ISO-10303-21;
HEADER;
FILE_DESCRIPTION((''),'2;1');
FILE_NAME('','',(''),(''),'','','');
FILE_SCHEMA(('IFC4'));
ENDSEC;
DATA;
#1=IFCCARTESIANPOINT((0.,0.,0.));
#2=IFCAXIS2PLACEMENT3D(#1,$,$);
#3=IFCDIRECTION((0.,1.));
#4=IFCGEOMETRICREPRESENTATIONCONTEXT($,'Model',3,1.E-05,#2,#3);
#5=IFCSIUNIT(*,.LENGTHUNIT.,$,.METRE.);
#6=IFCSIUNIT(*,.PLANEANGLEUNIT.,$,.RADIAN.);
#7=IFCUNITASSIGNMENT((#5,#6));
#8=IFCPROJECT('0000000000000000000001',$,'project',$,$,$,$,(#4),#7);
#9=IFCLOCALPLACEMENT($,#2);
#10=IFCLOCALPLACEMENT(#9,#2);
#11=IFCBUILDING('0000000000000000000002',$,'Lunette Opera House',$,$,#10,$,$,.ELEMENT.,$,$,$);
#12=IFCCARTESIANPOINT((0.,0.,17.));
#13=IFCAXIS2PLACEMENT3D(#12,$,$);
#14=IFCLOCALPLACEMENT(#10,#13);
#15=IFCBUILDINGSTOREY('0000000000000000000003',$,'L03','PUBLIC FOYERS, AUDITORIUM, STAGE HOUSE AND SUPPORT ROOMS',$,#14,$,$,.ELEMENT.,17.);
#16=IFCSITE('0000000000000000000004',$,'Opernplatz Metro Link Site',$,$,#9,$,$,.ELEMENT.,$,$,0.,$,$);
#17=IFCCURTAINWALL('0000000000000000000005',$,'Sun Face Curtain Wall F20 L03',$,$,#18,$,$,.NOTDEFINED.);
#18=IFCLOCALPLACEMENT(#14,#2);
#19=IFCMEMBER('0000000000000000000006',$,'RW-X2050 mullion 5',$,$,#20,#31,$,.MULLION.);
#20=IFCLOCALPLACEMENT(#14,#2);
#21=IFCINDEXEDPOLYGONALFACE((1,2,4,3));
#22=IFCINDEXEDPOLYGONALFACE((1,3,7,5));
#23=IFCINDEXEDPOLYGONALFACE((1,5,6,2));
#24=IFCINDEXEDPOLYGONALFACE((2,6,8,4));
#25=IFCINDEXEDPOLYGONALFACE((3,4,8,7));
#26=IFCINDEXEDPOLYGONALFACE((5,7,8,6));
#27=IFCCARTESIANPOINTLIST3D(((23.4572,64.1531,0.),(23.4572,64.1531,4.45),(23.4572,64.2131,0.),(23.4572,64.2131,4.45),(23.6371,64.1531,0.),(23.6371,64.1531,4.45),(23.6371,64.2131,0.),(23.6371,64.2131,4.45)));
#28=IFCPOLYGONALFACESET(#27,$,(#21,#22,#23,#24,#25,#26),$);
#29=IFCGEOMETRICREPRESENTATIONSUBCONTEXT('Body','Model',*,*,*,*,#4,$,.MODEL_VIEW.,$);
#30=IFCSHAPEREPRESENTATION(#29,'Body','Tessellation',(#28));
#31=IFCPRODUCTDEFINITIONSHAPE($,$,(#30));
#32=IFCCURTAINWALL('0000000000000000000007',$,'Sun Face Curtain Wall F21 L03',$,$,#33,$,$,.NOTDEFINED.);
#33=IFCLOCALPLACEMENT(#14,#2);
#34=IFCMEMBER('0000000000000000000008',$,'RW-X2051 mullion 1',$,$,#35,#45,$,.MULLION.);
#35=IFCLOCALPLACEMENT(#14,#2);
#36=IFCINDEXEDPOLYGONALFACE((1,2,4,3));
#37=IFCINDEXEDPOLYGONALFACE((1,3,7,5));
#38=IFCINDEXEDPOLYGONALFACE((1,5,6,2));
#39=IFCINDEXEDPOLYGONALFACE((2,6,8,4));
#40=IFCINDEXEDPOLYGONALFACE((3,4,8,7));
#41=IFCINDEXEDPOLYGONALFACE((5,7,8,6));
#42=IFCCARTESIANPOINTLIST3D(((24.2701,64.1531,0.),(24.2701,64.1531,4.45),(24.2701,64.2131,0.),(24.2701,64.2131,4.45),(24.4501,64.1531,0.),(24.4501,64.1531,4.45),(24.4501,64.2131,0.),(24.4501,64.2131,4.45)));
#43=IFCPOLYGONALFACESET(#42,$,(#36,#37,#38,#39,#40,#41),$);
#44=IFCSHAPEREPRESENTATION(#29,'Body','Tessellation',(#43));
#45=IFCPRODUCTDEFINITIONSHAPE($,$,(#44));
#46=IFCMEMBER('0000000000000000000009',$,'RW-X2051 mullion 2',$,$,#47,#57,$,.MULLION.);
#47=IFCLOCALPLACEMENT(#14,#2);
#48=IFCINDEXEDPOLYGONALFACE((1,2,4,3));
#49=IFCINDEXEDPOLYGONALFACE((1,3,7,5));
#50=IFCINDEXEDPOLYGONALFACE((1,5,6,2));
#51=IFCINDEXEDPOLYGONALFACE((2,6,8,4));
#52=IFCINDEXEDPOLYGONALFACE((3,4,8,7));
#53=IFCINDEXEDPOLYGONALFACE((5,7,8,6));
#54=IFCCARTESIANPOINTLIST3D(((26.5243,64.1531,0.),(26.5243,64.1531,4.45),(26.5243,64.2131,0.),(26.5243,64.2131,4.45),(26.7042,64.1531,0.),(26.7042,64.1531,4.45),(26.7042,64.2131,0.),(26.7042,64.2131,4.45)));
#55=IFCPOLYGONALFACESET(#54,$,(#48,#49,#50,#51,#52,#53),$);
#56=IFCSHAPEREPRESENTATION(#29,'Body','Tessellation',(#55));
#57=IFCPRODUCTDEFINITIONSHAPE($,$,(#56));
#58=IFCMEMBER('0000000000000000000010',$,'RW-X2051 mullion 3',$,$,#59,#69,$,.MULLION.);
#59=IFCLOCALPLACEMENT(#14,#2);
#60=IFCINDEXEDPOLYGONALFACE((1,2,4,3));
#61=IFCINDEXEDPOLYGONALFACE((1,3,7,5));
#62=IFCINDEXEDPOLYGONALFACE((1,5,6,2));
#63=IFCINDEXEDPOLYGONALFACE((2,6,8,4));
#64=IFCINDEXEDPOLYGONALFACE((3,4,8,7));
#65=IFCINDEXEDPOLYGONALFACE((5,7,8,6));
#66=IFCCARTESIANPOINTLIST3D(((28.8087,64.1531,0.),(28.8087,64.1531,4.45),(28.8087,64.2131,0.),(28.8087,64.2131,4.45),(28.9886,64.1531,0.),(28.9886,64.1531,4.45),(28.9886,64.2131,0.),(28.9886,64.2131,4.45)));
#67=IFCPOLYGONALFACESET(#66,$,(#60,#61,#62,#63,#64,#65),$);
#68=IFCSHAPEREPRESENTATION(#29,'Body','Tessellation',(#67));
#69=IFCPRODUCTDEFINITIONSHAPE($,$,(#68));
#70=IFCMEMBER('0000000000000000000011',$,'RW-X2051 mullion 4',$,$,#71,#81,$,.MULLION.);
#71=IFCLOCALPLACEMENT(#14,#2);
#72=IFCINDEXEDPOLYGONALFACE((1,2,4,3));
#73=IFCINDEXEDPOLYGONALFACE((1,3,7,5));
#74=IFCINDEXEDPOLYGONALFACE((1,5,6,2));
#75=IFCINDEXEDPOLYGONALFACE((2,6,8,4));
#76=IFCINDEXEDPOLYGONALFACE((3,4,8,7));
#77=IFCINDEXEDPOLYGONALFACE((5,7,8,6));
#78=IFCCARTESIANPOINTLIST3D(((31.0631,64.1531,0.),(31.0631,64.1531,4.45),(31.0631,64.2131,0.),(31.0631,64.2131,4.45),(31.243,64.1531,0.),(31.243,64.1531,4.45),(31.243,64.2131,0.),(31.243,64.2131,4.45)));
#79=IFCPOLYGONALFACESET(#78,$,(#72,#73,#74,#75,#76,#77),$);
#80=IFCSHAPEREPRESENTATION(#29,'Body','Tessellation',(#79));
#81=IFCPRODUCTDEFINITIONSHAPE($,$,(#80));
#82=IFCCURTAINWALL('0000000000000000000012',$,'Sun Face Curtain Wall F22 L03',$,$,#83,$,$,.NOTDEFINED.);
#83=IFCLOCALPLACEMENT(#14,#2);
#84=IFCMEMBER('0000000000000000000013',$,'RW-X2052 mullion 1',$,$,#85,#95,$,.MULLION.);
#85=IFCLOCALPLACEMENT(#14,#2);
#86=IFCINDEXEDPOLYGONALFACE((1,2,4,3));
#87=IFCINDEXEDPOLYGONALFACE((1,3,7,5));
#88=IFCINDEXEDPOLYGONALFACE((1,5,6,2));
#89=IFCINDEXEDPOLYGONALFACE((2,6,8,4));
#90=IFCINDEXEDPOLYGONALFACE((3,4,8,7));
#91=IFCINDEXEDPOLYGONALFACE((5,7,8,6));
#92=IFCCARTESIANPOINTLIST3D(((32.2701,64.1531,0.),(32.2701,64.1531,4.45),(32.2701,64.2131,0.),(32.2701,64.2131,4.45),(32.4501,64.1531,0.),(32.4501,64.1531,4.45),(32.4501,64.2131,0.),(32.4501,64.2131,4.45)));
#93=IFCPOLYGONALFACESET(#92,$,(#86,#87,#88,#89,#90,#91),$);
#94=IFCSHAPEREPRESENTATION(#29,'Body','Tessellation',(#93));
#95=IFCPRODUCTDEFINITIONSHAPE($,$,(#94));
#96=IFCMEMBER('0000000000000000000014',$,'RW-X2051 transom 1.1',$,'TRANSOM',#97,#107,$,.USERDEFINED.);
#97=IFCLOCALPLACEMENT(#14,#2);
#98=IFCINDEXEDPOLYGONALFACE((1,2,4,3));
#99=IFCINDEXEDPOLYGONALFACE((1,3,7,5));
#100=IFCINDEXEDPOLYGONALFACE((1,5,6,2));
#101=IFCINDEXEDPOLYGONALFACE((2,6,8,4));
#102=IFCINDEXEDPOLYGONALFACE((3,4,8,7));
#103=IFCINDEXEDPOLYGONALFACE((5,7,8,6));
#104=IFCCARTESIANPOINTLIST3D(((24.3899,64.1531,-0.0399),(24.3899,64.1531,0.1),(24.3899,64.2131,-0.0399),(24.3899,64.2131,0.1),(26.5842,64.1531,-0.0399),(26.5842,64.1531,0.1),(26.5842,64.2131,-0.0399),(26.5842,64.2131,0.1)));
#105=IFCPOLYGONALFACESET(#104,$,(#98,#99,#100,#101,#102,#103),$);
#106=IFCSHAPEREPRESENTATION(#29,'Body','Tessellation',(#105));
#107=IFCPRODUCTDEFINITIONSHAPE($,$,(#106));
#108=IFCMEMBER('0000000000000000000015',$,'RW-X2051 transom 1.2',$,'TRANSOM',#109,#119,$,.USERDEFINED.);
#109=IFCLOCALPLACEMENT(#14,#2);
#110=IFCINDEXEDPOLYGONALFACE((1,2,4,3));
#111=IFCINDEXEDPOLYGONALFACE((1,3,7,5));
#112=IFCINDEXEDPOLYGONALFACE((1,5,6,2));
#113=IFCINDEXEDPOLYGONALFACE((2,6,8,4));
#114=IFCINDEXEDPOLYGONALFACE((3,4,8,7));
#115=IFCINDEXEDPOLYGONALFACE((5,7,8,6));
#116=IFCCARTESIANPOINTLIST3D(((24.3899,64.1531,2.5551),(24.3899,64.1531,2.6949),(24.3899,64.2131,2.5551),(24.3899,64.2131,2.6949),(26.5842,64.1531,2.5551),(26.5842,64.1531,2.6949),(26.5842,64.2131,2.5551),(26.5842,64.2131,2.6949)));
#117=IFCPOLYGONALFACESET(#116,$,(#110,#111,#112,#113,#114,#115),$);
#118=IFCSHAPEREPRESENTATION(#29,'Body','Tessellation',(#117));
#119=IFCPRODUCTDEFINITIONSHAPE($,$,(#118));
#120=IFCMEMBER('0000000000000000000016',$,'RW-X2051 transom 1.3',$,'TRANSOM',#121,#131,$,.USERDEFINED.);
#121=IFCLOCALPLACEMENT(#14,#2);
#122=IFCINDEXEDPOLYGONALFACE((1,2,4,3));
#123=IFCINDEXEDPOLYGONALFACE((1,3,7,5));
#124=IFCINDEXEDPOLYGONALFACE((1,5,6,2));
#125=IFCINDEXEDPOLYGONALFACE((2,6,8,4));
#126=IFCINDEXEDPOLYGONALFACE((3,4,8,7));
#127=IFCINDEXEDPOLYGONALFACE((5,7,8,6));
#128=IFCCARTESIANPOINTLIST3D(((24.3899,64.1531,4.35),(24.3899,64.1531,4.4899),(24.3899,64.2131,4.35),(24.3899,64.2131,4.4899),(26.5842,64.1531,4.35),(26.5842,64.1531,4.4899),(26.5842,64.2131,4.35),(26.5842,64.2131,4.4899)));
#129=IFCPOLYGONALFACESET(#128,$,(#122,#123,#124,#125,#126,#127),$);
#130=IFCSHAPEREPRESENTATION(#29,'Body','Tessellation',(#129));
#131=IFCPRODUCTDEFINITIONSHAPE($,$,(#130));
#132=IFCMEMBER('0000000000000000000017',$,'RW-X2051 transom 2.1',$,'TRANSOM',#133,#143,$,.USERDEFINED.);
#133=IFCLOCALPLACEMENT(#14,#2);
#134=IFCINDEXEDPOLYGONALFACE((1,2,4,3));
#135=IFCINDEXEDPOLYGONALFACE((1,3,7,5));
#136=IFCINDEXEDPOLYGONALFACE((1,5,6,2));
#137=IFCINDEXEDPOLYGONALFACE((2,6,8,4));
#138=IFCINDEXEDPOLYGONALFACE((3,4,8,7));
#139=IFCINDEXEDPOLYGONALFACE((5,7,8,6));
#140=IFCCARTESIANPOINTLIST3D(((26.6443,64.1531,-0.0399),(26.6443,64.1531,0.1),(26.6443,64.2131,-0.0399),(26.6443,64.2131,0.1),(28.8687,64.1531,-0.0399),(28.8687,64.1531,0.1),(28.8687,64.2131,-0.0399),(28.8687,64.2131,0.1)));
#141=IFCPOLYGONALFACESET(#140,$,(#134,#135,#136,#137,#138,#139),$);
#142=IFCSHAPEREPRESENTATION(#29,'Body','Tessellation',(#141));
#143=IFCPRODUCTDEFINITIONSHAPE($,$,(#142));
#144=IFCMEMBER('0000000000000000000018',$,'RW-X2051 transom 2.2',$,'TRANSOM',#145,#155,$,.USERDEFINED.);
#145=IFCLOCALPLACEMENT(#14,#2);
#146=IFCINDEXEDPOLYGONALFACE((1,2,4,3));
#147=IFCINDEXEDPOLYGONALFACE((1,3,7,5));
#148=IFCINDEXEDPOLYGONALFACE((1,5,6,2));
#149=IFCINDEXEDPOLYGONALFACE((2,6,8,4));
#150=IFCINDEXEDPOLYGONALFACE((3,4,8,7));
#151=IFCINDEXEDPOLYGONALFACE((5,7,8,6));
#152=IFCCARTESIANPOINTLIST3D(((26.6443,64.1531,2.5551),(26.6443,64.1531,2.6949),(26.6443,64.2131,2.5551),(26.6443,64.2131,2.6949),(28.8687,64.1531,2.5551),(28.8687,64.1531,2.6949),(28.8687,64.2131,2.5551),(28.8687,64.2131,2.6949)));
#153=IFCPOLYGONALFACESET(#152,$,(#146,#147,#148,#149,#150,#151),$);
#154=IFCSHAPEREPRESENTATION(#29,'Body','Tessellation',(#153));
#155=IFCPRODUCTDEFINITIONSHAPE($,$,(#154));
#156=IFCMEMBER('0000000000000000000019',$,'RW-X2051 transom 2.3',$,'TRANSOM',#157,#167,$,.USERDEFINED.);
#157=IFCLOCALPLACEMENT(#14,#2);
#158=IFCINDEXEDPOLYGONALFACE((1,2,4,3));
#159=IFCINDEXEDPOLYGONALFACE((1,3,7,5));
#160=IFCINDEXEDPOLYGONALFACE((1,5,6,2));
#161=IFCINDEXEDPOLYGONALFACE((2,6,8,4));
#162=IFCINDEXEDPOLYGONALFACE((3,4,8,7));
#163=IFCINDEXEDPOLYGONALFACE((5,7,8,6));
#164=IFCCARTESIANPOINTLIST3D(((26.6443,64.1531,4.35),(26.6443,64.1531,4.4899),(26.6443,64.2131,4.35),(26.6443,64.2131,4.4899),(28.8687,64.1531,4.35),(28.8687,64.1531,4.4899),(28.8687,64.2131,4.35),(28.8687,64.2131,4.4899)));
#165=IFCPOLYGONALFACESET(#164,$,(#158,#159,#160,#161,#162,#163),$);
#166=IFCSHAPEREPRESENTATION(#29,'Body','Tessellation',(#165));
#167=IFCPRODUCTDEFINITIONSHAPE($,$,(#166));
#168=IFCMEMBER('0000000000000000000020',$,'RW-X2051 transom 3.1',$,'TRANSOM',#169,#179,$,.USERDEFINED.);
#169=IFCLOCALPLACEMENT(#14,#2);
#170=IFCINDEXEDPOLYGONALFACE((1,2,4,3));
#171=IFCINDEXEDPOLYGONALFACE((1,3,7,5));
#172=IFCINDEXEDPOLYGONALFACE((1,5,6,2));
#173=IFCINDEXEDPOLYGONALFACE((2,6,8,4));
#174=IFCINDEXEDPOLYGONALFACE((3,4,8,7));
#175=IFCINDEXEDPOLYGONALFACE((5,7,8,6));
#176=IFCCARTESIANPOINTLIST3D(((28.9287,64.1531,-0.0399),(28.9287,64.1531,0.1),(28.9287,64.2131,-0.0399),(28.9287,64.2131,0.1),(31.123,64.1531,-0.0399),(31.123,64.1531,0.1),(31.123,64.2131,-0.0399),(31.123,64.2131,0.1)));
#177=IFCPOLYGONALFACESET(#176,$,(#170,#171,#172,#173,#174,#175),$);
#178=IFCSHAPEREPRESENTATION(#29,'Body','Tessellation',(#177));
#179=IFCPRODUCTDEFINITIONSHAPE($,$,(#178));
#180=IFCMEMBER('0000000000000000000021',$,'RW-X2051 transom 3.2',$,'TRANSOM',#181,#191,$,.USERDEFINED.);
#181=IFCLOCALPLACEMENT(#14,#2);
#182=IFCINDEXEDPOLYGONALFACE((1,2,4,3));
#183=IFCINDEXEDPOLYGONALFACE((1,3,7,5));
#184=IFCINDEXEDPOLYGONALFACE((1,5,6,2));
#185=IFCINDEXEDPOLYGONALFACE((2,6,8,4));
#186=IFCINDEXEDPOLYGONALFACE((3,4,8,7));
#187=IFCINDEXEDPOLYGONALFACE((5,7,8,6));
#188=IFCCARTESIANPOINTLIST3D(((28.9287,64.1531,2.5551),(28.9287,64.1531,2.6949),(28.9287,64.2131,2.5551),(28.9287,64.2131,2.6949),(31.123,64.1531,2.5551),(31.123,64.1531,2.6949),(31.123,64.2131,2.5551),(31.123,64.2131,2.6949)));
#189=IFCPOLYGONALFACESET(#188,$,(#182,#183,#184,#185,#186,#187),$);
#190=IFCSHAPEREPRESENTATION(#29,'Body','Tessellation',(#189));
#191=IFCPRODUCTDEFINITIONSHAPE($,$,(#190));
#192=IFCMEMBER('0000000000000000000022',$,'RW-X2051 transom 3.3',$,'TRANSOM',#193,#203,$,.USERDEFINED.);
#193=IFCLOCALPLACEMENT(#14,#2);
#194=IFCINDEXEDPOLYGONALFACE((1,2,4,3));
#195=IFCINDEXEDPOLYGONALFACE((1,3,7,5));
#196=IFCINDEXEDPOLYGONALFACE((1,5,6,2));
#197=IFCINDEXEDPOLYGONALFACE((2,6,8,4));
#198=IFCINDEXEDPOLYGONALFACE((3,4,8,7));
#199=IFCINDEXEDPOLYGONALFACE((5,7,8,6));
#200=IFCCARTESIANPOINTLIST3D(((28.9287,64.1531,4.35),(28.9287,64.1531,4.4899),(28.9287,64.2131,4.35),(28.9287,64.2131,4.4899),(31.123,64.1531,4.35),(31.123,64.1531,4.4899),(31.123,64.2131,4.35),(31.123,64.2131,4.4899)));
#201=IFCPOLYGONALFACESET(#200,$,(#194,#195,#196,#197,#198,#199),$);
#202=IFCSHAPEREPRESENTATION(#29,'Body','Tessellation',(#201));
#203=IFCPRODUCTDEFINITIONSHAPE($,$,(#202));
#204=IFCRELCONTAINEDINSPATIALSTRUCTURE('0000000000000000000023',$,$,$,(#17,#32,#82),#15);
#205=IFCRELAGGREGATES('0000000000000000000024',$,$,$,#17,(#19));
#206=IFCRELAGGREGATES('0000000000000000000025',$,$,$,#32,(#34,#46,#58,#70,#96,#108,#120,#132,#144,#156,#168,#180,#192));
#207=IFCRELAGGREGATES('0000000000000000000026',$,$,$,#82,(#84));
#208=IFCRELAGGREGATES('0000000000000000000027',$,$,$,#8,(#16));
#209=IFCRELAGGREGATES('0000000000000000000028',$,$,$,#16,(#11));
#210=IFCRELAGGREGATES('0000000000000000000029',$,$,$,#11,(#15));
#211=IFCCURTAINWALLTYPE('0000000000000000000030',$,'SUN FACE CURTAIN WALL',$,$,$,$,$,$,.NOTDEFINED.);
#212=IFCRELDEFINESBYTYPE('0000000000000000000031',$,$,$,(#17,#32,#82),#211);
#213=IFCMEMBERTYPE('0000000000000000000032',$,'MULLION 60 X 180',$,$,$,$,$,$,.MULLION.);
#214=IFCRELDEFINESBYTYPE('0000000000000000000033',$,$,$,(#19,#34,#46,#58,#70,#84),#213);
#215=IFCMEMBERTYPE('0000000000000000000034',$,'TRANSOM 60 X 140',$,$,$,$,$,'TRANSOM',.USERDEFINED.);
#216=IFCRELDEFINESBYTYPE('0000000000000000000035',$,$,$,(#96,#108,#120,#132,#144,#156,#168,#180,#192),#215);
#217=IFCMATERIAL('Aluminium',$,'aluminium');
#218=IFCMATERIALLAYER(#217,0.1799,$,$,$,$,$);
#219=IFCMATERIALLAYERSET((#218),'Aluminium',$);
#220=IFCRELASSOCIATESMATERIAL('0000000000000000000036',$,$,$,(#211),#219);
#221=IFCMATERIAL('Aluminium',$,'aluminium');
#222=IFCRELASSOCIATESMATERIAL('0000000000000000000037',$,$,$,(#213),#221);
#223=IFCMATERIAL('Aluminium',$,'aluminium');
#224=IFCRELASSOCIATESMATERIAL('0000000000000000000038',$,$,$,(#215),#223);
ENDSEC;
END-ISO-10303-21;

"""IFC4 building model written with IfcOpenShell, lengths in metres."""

from ifc_helpers import new_model, si_unit, direction, frame, origin, origin_2d, place, context, subcontext, project, spatial, rectangle, extrude, material, layer, layer_set, material_profile, profile_set, type_object, element, aggregate, save


model = new_model("IFC4")

# Units and contexts
model_context = context("Model", 3, precision=1e-05, world=origin(), true_north=direction((0.0, 1.0)))
body_context = subcontext(model_context, "Body", "Model", "MODEL_VIEW")
ifc_project = project(units=[si_unit("LENGTHUNIT", "METRE"), si_unit("PLANEANGLEUNIT", "RADIAN")], contexts=[model_context])

# Site, building, storey
site_placement = place(None, origin())
site = spatial("IfcSite", under=ifc_project, at=site_placement, Name="Opernplatz Metro Link Site", CompositionType="ELEMENT", RefElevation=0.0)
building_placement = place(site_placement, origin())
building = spatial("IfcBuilding", under=site, at=building_placement, Name="Lunette Opera House", CompositionType="ELEMENT")
storey_placement = place(building_placement, frame((0.0, 0.0, 17.0)))
storey = spatial("IfcBuildingStorey", under=building, at=storey_placement, Name="L03", Description="PUBLIC FOYERS, AUDITORIUM, STAGE HOUSE AND SUPPORT ROOMS", CompositionType="ELEMENT", Elevation=17.0)

# Curtain wall, member
ifc_material_1 = material(Name="Aluminium", Category="aluminium")
ifc_layer_1 = layer(ifc_material_1, 0.1799)
ifc_layer_set_1 = layer_set([ifc_layer_1], Name="Aluminium")
curtain_wall_type = type_object("IfcCurtainWallType", Name="SUN FACE CURTAIN WALL", PredefinedType="NOTDEFINED", material=ifc_layer_set_1)
curtain_wall_1_placement = place(storey_placement, origin())
curtain_wall_1 = element("IfcCurtainWall", 1, at=curtain_wall_1_placement, inside=storey, type_object=curtain_wall_type, Name="Sun Face Curtain Wall F20 L03", PredefinedType="NOTDEFINED")
ifc_material_2 = material(Name="Aluminium", Category="aluminium")
ifc_material_profile_1 = material_profile(ifc_material_2, rectangle(XDim=0.0601, YDim=0.1799, at=origin_2d()), Name="MULLION 60 X 180")
ifc_profile_set_1 = profile_set([ifc_material_profile_1], Name="Aluminium")
member_type_1 = type_object("IfcMemberType", Name="MULLION 60 X 180", PredefinedType="MULLION", material=ifc_profile_set_1)
member_1_placement = place(storey_placement, frame((23.5471, 64.1831, 0.0), z_axis=(0.0, 0.0, 1.0), x_axis=(0.0, 1.0, 0.0)))
member_1 = element("IfcMember", 2, at=member_1_placement, type_object=member_type_1, Name="RW-X2050 mullion 5", PredefinedType="MULLION", context=body_context, shape_type="SweptSolid", body=[
    extrude(rectangle(XDim=0.0601, YDim=0.1799, at=origin_2d()), origin(), (0.0, 0.0, 1.0), 4.45),
])
aggregate(curtain_wall_1, [member_1])

# Curtain wall, members
curtain_wall_2_placement = place(storey_placement, origin())
curtain_wall_2 = element("IfcCurtainWall", 3, at=curtain_wall_2_placement, inside=storey, type_object=curtain_wall_type, Name="Sun Face Curtain Wall F21 L03", PredefinedType="NOTDEFINED")
member_2_placement = place(storey_placement, frame((24.3601, 64.1831, 0.0), z_axis=(0.0, 0.0, 1.0), x_axis=(0.0, 1.0, 0.0)))
member_2 = element("IfcMember", 4, at=member_2_placement, type_object=member_type_1, Name="RW-X2051 mullion 1", PredefinedType="MULLION", context=body_context, shape_type="SweptSolid", body=[
    extrude(rectangle(XDim=0.0601, YDim=0.1799, at=origin_2d()), origin(), (0.0, 0.0, 1.0), 4.45),
])
member_3_placement = place(storey_placement, frame((26.6143, 64.1831, 0.0), z_axis=(0.0, 0.0, 1.0), x_axis=(0.0, 1.0, 0.0)))
member_3 = element("IfcMember", 5, at=member_3_placement, type_object=member_type_1, Name="RW-X2051 mullion 2", PredefinedType="MULLION", context=body_context, shape_type="SweptSolid", body=[
    extrude(rectangle(XDim=0.0601, YDim=0.1799, at=origin_2d()), origin(), (0.0, 0.0, 1.0), 4.45),
])
member_4_placement = place(storey_placement, frame((28.8987, 64.1831, 0.0), z_axis=(0.0, 0.0, 1.0), x_axis=(0.0, 1.0, 0.0)))
member_4 = element("IfcMember", 6, at=member_4_placement, type_object=member_type_1, Name="RW-X2051 mullion 3", PredefinedType="MULLION", context=body_context, shape_type="SweptSolid", body=[
    extrude(rectangle(XDim=0.0601, YDim=0.1799, at=origin_2d()), origin(), (0.0, 0.0, 1.0), 4.45),
])
member_5_placement = place(storey_placement, frame((31.1531, 64.1831, 0.0), z_axis=(0.0, 0.0, 1.0), x_axis=(0.0, 1.0, 0.0)))
member_5 = element("IfcMember", 7, at=member_5_placement, type_object=member_type_1, Name="RW-X2051 mullion 4", PredefinedType="MULLION", context=body_context, shape_type="SweptSolid", body=[
    extrude(rectangle(XDim=0.0601, YDim=0.1799, at=origin_2d()), origin(), (0.0, 0.0, 1.0), 4.45),
])

# Curtain wall, member
curtain_wall_3_placement = place(storey_placement, origin())
curtain_wall_3 = element("IfcCurtainWall", 8, at=curtain_wall_3_placement, inside=storey, type_object=curtain_wall_type, Name="Sun Face Curtain Wall F22 L03", PredefinedType="NOTDEFINED")
member_6_placement = place(storey_placement, frame((32.3601, 64.1831, 0.0), z_axis=(0.0, 0.0, 1.0), x_axis=(0.0, 1.0, 0.0)))
member_6 = element("IfcMember", 9, at=member_6_placement, type_object=member_type_1, Name="RW-X2052 mullion 1", PredefinedType="MULLION", context=body_context, shape_type="SweptSolid", body=[
    extrude(rectangle(XDim=0.0601, YDim=0.1799, at=origin_2d()), origin(), (0.0, 0.0, 1.0), 4.45),
])

# Members
ifc_material_3 = material(Name="Aluminium", Category="aluminium")
ifc_material_profile_2 = material_profile(ifc_material_3, rectangle(XDim=0.0601, YDim=0.1399, at=origin_2d()), Name="TRANSOM 60 X 140")
ifc_profile_set_2 = profile_set([ifc_material_profile_2], Name="Aluminium")
member_type_2 = type_object("IfcMemberType", Name="TRANSOM 60 X 140", ElementType="TRANSOM", PredefinedType="USERDEFINED", material=ifc_profile_set_2)
member_7_placement = place(storey_placement, frame((24.3899, 64.1831, 0.03), z_axis=(1.0, 0.0, 0.0), x_axis=(0.0, 1.0, 0.0)))
member_7 = element("IfcMember", 10, at=member_7_placement, type_object=member_type_2, Name="RW-X2051 transom 1.1", ObjectType="TRANSOM", PredefinedType="USERDEFINED", context=body_context, shape_type="SweptSolid", body=[
    extrude(rectangle(XDim=0.0601, YDim=0.1399, at=origin_2d()), origin(), (0.0, 0.0, 1.0), 2.1943),
])
member_8_placement = place(storey_placement, frame((24.3899, 64.1831, 2.625), z_axis=(1.0, 0.0, 0.0), x_axis=(0.0, 1.0, 0.0)))
member_8 = element("IfcMember", 11, at=member_8_placement, type_object=member_type_2, Name="RW-X2051 transom 1.2", ObjectType="TRANSOM", PredefinedType="USERDEFINED", context=body_context, shape_type="SweptSolid", body=[
    extrude(rectangle(XDim=0.0601, YDim=0.1399, at=origin_2d()), origin(), (0.0, 0.0, 1.0), 2.1943),
])
member_9_placement = place(storey_placement, frame((24.3899, 64.1831, 4.4199), z_axis=(1.0, 0.0, 0.0), x_axis=(0.0, 1.0, 0.0)))
member_9 = element("IfcMember", 12, at=member_9_placement, type_object=member_type_2, Name="RW-X2051 transom 1.3", ObjectType="TRANSOM", PredefinedType="USERDEFINED", context=body_context, shape_type="SweptSolid", body=[
    extrude(rectangle(XDim=0.0601, YDim=0.1399, at=origin_2d()), origin(), (0.0, 0.0, 1.0), 2.1943),
])
member_10_placement = place(storey_placement, frame((26.6443, 64.1831, 0.03), z_axis=(1.0, 0.0, 0.0), x_axis=(0.0, 1.0, 0.0)))
member_10 = element("IfcMember", 13, at=member_10_placement, type_object=member_type_2, Name="RW-X2051 transom 2.1", ObjectType="TRANSOM", PredefinedType="USERDEFINED", context=body_context, shape_type="SweptSolid", body=[
    extrude(rectangle(XDim=0.0601, YDim=0.1399, at=origin_2d()), origin(), (0.0, 0.0, 1.0), 2.2244),
])
member_11_placement = place(storey_placement, frame((26.6443, 64.1831, 2.625), z_axis=(1.0, 0.0, 0.0), x_axis=(0.0, 1.0, 0.0)))
member_11 = element("IfcMember", 14, at=member_11_placement, type_object=member_type_2, Name="RW-X2051 transom 2.2", ObjectType="TRANSOM", PredefinedType="USERDEFINED", context=body_context, shape_type="SweptSolid", body=[
    extrude(rectangle(XDim=0.0601, YDim=0.1399, at=origin_2d()), origin(), (0.0, 0.0, 1.0), 2.2244),
])
member_12_placement = place(storey_placement, frame((26.6443, 64.1831, 4.4199), z_axis=(1.0, 0.0, 0.0), x_axis=(0.0, 1.0, 0.0)))
member_12 = element("IfcMember", 15, at=member_12_placement, type_object=member_type_2, Name="RW-X2051 transom 2.3", ObjectType="TRANSOM", PredefinedType="USERDEFINED", context=body_context, shape_type="SweptSolid", body=[
    extrude(rectangle(XDim=0.0601, YDim=0.1399, at=origin_2d()), origin(), (0.0, 0.0, 1.0), 2.2244),
])
member_13_placement = place(storey_placement, frame((28.9287, 64.1831, 0.03), z_axis=(1.0, 0.0, 0.0), x_axis=(0.0, 1.0, 0.0)))
member_13 = element("IfcMember", 16, at=member_13_placement, type_object=member_type_2, Name="RW-X2051 transom 3.1", ObjectType="TRANSOM", PredefinedType="USERDEFINED", context=body_context, shape_type="SweptSolid", body=[
    extrude(rectangle(XDim=0.0601, YDim=0.1399, at=origin_2d()), origin(), (0.0, 0.0, 1.0), 2.1943),
])
member_14_placement = place(storey_placement, frame((28.9287, 64.1831, 2.625), z_axis=(1.0, 0.0, 0.0), x_axis=(0.0, 1.0, 0.0)))
member_14 = element("IfcMember", 17, at=member_14_placement, type_object=member_type_2, Name="RW-X2051 transom 3.2", ObjectType="TRANSOM", PredefinedType="USERDEFINED", context=body_context, shape_type="SweptSolid", body=[
    extrude(rectangle(XDim=0.0601, YDim=0.1399, at=origin_2d()), origin(), (0.0, 0.0, 1.0), 2.1943),
])
member_15_placement = place(storey_placement, frame((28.9287, 64.1831, 4.4199), z_axis=(1.0, 0.0, 0.0), x_axis=(0.0, 1.0, 0.0)))
member_15 = element("IfcMember", 18, at=member_15_placement, type_object=member_type_2, Name="RW-X2051 transom 3.3", ObjectType="TRANSOM", PredefinedType="USERDEFINED", context=body_context, shape_type="SweptSolid", body=[
    extrude(rectangle(XDim=0.0601, YDim=0.1399, at=origin_2d()), origin(), (0.0, 0.0, 1.0), 2.1943),
])

aggregate(curtain_wall_2, [member_2, member_3, member_4, member_5, member_7, member_8, member_9, member_10, member_11, member_12, member_13, member_14, member_15])
aggregate(curtain_wall_3, [member_6])

save(model, "model.ifc")
